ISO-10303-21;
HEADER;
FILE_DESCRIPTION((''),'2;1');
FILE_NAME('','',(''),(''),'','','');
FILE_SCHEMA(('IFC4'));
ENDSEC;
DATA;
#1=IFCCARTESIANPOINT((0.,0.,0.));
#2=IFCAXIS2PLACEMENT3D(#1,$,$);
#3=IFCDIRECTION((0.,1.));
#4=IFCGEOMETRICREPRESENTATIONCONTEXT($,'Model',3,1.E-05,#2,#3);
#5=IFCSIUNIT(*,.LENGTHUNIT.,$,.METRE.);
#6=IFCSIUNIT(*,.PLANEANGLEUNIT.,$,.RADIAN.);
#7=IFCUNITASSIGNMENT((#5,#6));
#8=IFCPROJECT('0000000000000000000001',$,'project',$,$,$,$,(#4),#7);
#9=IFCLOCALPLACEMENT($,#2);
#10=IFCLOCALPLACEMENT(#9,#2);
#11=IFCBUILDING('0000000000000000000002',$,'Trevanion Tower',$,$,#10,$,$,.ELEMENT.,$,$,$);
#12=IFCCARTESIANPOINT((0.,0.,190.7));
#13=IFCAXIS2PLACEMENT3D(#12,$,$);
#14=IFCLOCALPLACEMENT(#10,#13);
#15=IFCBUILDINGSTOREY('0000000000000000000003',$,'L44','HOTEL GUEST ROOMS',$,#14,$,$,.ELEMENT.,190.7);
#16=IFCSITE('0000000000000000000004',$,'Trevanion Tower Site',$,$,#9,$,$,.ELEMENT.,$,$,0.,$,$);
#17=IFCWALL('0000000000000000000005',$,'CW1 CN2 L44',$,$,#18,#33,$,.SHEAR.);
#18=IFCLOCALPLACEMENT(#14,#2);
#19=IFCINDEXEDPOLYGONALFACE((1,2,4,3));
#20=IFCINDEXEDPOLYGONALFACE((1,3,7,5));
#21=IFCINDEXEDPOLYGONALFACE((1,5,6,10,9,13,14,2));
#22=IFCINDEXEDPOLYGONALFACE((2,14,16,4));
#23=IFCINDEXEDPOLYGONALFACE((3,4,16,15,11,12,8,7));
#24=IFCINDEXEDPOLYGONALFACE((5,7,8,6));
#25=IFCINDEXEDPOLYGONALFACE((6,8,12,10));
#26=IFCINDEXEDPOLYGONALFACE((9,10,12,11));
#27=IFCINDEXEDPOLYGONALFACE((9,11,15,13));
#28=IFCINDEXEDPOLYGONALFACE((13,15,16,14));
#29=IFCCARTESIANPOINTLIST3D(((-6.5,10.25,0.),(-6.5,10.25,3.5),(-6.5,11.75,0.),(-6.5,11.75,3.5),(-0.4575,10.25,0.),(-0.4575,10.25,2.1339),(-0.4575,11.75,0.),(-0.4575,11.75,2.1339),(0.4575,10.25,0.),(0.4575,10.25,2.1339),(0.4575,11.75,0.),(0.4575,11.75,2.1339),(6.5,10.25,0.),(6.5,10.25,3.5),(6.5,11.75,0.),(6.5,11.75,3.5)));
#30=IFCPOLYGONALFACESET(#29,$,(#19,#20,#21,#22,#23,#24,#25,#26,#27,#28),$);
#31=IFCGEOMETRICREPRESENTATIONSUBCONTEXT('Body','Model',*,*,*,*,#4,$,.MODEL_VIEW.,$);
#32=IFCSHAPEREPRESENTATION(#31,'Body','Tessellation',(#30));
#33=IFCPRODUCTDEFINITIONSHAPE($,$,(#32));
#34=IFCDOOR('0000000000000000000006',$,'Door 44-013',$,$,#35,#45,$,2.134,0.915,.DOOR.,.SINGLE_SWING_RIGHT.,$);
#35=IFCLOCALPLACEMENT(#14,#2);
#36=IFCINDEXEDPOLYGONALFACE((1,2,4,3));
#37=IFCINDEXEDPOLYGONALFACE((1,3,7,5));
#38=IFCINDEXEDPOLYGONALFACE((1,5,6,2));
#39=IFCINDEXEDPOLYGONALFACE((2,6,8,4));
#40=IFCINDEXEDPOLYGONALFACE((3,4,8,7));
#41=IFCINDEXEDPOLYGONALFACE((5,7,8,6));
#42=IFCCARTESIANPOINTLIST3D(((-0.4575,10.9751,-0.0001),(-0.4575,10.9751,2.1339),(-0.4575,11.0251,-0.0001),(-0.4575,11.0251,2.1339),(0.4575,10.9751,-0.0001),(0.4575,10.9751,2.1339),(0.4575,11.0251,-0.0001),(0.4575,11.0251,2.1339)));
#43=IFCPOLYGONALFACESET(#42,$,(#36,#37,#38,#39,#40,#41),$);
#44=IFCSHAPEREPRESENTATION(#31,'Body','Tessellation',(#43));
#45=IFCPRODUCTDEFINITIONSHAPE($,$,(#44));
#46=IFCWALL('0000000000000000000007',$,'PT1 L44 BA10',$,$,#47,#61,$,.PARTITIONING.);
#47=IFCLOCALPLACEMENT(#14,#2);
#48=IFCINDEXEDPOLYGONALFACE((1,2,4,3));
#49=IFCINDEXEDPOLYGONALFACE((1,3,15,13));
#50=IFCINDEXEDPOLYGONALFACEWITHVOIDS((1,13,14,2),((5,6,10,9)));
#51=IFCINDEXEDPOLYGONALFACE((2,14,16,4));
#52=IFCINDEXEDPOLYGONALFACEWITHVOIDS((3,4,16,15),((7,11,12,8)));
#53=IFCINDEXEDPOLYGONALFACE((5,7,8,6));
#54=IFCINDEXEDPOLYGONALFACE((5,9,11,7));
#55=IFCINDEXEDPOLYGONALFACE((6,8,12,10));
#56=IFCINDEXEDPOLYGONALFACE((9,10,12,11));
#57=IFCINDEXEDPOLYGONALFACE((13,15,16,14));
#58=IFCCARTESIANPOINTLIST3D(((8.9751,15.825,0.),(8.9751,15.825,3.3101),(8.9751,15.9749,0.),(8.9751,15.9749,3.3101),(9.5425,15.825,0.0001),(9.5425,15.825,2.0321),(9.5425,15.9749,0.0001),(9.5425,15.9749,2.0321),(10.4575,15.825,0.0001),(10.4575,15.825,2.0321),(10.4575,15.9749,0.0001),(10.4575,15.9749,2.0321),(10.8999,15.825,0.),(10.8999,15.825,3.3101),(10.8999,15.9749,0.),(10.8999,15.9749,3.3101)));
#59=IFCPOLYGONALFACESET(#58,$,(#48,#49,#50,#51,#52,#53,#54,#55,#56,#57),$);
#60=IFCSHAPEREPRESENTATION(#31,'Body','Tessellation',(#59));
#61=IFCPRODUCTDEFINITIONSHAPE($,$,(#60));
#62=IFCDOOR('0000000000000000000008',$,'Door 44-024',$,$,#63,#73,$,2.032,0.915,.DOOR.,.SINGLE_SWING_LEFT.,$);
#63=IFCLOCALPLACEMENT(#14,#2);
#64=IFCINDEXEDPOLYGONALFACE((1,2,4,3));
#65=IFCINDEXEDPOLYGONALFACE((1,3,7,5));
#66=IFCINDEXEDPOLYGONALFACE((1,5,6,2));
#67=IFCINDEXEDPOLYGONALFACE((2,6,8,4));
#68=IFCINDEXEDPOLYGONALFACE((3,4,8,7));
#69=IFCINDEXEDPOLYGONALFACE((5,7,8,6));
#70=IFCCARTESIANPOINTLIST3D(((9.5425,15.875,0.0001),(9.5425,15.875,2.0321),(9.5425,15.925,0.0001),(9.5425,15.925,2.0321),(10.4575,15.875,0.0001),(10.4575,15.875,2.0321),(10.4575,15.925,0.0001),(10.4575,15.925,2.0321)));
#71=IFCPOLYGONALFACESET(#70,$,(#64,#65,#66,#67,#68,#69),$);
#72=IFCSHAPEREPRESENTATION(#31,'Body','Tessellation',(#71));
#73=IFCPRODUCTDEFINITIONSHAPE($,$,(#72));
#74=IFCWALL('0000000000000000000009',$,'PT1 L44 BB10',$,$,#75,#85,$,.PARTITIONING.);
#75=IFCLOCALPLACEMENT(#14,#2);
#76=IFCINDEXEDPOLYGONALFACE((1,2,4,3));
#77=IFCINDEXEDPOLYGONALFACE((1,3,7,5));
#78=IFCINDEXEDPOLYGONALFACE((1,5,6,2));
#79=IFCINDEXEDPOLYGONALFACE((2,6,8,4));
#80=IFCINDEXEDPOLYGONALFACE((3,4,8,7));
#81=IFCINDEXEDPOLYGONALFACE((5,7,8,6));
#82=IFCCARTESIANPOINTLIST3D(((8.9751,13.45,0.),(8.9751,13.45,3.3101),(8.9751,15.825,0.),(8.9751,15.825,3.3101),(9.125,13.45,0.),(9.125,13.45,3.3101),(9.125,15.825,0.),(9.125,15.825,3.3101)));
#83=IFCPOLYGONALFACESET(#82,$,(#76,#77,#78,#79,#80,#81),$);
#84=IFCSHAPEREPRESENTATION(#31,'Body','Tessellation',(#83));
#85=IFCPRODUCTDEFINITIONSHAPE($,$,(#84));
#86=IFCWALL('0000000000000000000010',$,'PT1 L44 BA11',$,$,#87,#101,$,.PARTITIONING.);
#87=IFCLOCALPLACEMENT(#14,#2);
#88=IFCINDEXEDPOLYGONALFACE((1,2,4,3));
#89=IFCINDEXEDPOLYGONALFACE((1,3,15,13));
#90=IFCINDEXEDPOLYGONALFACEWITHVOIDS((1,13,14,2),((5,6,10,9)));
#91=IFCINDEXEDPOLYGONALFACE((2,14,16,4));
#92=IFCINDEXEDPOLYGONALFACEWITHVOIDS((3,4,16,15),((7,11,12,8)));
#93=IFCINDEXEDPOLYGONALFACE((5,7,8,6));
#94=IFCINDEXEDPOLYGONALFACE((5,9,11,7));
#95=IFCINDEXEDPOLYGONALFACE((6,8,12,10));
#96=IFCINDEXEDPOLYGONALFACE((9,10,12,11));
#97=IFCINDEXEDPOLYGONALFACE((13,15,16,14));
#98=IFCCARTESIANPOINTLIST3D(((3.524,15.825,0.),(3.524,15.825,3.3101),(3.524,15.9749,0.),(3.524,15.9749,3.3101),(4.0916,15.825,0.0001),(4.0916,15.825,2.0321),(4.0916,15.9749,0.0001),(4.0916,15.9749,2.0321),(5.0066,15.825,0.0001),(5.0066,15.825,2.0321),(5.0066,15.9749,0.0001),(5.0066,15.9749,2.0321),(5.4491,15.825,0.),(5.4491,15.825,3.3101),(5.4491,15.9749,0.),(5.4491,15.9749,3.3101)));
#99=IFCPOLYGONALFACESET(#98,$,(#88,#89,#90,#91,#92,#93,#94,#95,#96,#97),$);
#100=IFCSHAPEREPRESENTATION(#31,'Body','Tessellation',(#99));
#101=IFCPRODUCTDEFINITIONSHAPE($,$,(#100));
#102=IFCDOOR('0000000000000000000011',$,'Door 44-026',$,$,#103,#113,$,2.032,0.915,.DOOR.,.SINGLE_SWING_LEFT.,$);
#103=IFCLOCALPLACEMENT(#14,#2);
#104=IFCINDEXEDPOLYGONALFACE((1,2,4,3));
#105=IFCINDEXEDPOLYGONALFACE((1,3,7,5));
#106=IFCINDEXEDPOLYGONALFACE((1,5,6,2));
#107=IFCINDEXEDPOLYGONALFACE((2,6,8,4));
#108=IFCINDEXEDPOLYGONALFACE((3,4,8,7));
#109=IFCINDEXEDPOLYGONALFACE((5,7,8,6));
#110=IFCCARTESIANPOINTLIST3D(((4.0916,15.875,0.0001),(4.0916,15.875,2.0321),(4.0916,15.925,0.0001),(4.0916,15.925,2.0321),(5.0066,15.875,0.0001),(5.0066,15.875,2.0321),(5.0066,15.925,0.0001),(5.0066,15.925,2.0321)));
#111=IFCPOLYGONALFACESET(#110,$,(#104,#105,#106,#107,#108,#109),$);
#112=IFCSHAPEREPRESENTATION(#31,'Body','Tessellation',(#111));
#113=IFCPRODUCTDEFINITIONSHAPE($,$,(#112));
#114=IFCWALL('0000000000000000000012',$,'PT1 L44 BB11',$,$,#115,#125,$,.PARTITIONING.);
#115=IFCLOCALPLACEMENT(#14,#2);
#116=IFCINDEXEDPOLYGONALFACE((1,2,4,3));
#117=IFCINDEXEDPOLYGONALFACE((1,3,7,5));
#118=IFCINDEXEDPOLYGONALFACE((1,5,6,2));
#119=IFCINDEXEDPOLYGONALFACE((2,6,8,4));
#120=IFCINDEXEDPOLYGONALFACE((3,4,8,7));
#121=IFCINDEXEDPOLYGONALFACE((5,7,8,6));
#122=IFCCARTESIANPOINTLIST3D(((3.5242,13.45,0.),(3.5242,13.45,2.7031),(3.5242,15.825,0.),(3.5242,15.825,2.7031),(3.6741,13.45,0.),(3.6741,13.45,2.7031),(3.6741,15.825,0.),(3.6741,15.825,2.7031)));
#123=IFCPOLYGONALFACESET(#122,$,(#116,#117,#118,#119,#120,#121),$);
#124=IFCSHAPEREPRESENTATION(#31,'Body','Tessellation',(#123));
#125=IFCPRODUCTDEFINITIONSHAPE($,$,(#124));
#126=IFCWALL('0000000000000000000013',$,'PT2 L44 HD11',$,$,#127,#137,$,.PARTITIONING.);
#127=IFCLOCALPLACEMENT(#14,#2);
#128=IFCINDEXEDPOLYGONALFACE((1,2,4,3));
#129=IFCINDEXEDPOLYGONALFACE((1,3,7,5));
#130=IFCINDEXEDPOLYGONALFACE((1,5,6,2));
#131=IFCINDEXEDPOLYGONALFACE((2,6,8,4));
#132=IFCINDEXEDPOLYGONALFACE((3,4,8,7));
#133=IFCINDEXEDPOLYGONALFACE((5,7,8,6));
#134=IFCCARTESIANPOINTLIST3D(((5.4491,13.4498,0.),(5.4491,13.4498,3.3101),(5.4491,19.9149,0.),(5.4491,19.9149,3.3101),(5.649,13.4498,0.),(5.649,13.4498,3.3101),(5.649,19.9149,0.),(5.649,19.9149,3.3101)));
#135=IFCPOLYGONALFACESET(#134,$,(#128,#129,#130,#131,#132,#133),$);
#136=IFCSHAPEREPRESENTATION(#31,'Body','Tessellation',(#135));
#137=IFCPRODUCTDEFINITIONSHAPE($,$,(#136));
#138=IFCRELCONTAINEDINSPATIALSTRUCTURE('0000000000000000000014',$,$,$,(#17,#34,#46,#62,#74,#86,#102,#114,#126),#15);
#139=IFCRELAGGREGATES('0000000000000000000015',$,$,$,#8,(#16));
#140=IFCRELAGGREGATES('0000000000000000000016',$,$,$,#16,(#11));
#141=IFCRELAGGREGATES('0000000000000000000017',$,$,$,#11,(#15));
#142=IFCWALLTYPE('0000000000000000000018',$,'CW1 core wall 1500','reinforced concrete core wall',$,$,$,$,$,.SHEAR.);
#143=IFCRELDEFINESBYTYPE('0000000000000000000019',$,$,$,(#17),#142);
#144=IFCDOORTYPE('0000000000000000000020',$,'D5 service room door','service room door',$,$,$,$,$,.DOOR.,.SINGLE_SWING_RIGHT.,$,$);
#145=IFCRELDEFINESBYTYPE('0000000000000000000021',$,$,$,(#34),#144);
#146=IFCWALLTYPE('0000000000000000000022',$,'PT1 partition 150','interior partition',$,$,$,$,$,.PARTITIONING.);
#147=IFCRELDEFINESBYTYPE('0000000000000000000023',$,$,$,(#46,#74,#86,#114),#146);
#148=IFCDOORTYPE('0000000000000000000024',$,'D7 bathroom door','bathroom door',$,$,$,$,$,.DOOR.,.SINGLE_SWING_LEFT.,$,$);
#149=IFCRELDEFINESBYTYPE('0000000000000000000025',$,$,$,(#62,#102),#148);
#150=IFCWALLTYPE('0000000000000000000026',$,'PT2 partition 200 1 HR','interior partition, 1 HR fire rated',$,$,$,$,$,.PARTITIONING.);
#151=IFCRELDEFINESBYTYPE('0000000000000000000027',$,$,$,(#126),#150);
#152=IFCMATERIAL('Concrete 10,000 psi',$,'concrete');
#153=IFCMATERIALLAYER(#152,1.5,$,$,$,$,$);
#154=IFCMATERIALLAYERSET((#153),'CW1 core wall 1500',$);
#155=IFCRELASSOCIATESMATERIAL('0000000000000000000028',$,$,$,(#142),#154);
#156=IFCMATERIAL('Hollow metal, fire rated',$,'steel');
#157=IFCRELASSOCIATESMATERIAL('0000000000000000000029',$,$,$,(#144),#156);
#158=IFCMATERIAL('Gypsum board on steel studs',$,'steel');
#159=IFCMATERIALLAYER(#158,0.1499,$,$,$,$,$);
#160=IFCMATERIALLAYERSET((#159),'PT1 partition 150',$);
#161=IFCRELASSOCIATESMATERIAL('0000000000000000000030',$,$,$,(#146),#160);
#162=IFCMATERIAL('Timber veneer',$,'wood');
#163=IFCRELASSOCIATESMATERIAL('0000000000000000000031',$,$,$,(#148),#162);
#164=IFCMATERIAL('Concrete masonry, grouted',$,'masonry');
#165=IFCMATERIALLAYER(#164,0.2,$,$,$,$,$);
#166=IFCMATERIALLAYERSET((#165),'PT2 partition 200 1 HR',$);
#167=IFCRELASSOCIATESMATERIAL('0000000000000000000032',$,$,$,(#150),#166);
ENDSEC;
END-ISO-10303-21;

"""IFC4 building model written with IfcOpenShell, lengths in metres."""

from ifc_helpers import new_model, si_unit, direction, frame, frame_2d, origin, place, context, subcontext, project, spatial, rectangle, extrude, material, layer, layer_set, type_object, element, fill, save


model = new_model("IFC4")

# Units and contexts
model_context = context("Model", 3, precision=1e-05, world=origin(), true_north=direction((0.0, 1.0)))
body_context = subcontext(model_context, "Body", "Model", "MODEL_VIEW")
ifc_project = project(units=[si_unit("LENGTHUNIT", "METRE"), si_unit("PLANEANGLEUNIT", "RADIAN")], contexts=[model_context])

# Site, building, storey
site_placement = place(None, origin())
site = spatial("IfcSite", under=ifc_project, at=site_placement, Name="Trevanion Tower Site", CompositionType="ELEMENT", RefElevation=0.0)
building_placement = place(site_placement, origin())
building = spatial("IfcBuilding", under=site, at=building_placement, Name="Trevanion Tower", CompositionType="ELEMENT")
storey_placement = place(building_placement, frame((0.0, 0.0, 190.7)))
storey = spatial("IfcBuildingStorey", under=building, at=storey_placement, Name="L44", Description="HOTEL GUEST ROOMS", CompositionType="ELEMENT", Elevation=190.7)

# Shared definitions
ifc_material_1 = material(Name="Concrete 10,000 psi", Category="concrete")
ifc_layer_1 = layer(ifc_material_1, 1.5)
ifc_layer_set_1 = layer_set([ifc_layer_1], Name="CW1 core wall 1500")
wall_type_1 = type_object("IfcWallType", Name="CW1 core wall 1500", Description="reinforced concrete core wall", PredefinedType="SHEAR", material=ifc_layer_set_1)

# Walls, openings, doors
wall_1_placement = place(storey_placement, frame((6.5, 11.0, 0.0), z_axis=(0.0, 0.0, 1.0), x_axis=(-1.0, 0.0, 0.0)))
wall_1 = element("IfcWall", 1, at=wall_1_placement, inside=storey, type_object=wall_type_1, Name="CW1 CN2 L44", PredefinedType="SHEAR", context=body_context, shape_type="SweptSolid", body=[
    extrude(rectangle(XDim=13.0, YDim=1.5, at=frame_2d((6.5, 0.0))), origin(), (0.0, 0.0, 1.0), 3.5),
])
opening_1_placement = place(wall_1_placement, frame((6.0425, 0.0, 0.0)))
opening_1 = element("IfcOpeningElement", 2, at=opening_1_placement, cuts=wall_1, PredefinedType="OPENING", context=body_context, shape_type="SweptSolid", body=[
    extrude(rectangle(XDim=0.915, YDim=2.134, at=frame_2d((0.4575, 1.0669))), frame((0.0, 0.76, 0.0), z_axis=(0.0, -1.0, 0.0), x_axis=(1.0, 0.0, 0.0)), (0.0, 0.0, 1.0), 1.52),
])
ifc_material_2 = material(Name="Hollow metal, fire rated", Category="steel")
door_type_1 = type_object("IfcDoorType", Name="D5 service room door", Description="service room door", OperationType="SINGLE_SWING_RIGHT", PredefinedType="DOOR", material=ifc_material_2)
door_1_placement = place(opening_1_placement, origin())
door_1 = element("IfcDoor", 3, at=door_1_placement, inside=storey, type_object=door_type_1, Name="Door 44-013", OperationType="SINGLE_SWING_RIGHT", OverallHeight=2.134, OverallWidth=0.915, PredefinedType="DOOR", context=body_context, shape_type="SweptSolid", body=[
    extrude(rectangle(XDim=0.915, YDim=2.134, at=frame_2d((0.4575, 1.0669))), frame((0.0, 0.0249, 0.0), z_axis=(0.0, -1.0, 0.0), x_axis=(1.0, 0.0, 0.0)), (0.0, 0.0, 1.0), 0.05),
])
fill(opening_1, door_1)
ifc_material_3 = material(Name="Gypsum board on steel studs", Category="steel")
ifc_layer_2 = layer(ifc_material_3, 0.1499)
ifc_layer_set_2 = layer_set([ifc_layer_2], Name="PT1 partition 150")
wall_type_2 = type_object("IfcWallType", Name="PT1 partition 150", Description="interior partition", PredefinedType="PARTITIONING", material=ifc_layer_set_2)
wall_2_placement = place(storey_placement, frame((10.8999, 15.8999, 0.0), z_axis=(0.0, 0.0, 1.0), x_axis=(-1.0, 0.0, 0.0)))
wall_2 = element("IfcWall", 4, at=wall_2_placement, inside=storey, type_object=wall_type_2, Name="PT1 L44 BA10", PredefinedType="PARTITIONING", context=body_context, shape_type="SweptSolid", body=[
    extrude(rectangle(XDim=1.9248, YDim=0.1499, at=frame_2d((0.9624, 0.0))), origin(), (0.0, 0.0, 1.0), 3.3101),
])
opening_2_placement = place(wall_2_placement, frame((0.4424, 0.0, 0.0)))
opening_2 = element("IfcOpeningElement", 5, at=opening_2_placement, cuts=wall_2, PredefinedType="OPENING", context=body_context, shape_type="SweptSolid", body=[
    extrude(rectangle(XDim=0.915, YDim=2.032, at=frame_2d((0.4575, 1.0161))), frame((0.0, 0.085, 0.0), z_axis=(0.0, -1.0, 0.0), x_axis=(1.0, 0.0, 0.0)), (0.0, 0.0, 1.0), 0.1699),
])
ifc_material_4 = material(Name="Timber veneer", Category="wood")
door_type_2 = type_object("IfcDoorType", Name="D7 bathroom door", Description="bathroom door", OperationType="SINGLE_SWING_LEFT", PredefinedType="DOOR", material=ifc_material_4)
door_2_placement = place(opening_2_placement, origin())
door_2 = element("IfcDoor", 6, at=door_2_placement, inside=storey, type_object=door_type_2, Name="Door 44-024", OperationType="SINGLE_SWING_LEFT", OverallHeight=2.032, OverallWidth=0.915, PredefinedType="DOOR", context=body_context, shape_type="SweptSolid", body=[
    extrude(rectangle(XDim=0.915, YDim=2.032, at=frame_2d((0.4575, 1.0161))), frame((0.0, 0.0249, 0.0), z_axis=(0.0, -1.0, 0.0), x_axis=(1.0, 0.0, 0.0)), (0.0, 0.0, 1.0), 0.05),
])
fill(opening_2, door_2)

# Wall
wall_3_placement = place(storey_placement, frame((9.05, 13.45, 0.0), z_axis=(0.0, 0.0, 1.0), x_axis=(0.0, 1.0, 0.0)))
element("IfcWall", 7, at=wall_3_placement, inside=storey, type_object=wall_type_2, Name="PT1 L44 BB10", PredefinedType="PARTITIONING", context=body_context, shape_type="SweptSolid", body=[
    extrude(rectangle(XDim=2.375, YDim=0.1499, at=frame_2d((1.1875, 0.0))), origin(), (0.0, 0.0, 1.0), 3.3101),
])

# Wall, opening, door
wall_4_placement = place(storey_placement, frame((5.449, 15.8999, 0.0), z_axis=(0.0, 0.0, 1.0), x_axis=(-1.0, 0.0, 0.0)))
wall_4 = element("IfcWall", 8, at=wall_4_placement, inside=storey, type_object=wall_type_2, Name="PT1 L44 BA11", PredefinedType="PARTITIONING", context=body_context, shape_type="SweptSolid", body=[
    extrude(rectangle(XDim=1.925, YDim=0.1499, at=frame_2d((0.9624, 0.0))), origin(), (0.0, 0.0, 1.0), 3.3101),
])
opening_3_placement = place(wall_4_placement, frame((0.4424, 0.0, 0.0)))
opening_3 = element("IfcOpeningElement", 9, at=opening_3_placement, cuts=wall_4, PredefinedType="OPENING", context=body_context, shape_type="SweptSolid", body=[
    extrude(rectangle(XDim=0.915, YDim=2.032, at=frame_2d((0.4575, 1.0161))), frame((0.0, 0.085, 0.0), z_axis=(0.0, -1.0, 0.0), x_axis=(1.0, 0.0, 0.0)), (0.0, 0.0, 1.0), 0.1699),
])
door_3_placement = place(opening_3_placement, origin())
door_3 = element("IfcDoor", 10, at=door_3_placement, inside=storey, type_object=door_type_2, Name="Door 44-026", OperationType="SINGLE_SWING_LEFT", OverallHeight=2.032, OverallWidth=0.915, PredefinedType="DOOR", context=body_context, shape_type="SweptSolid", body=[
    extrude(rectangle(XDim=0.915, YDim=2.032, at=frame_2d((0.4575, 1.0161))), frame((0.0, 0.0249, 0.0), z_axis=(0.0, -1.0, 0.0), x_axis=(1.0, 0.0, 0.0)), (0.0, 0.0, 1.0), 0.05),
])
fill(opening_3, door_3)

# Walls
wall_5_placement = place(storey_placement, frame((3.5991, 13.45, 0.0), z_axis=(0.0, 0.0, 1.0), x_axis=(0.0, 1.0, 0.0)))
element("IfcWall", 11, at=wall_5_placement, inside=storey, type_object=wall_type_2, Name="PT1 L44 BB11", PredefinedType="PARTITIONING", context=body_context, shape_type="SweptSolid", body=[
    extrude(rectangle(XDim=2.375, YDim=0.1499, at=frame_2d((1.1875, 0.0))), origin(), (0.0, 0.0, 1.0), 2.7031),
])
ifc_material_5 = material(Name="Concrete masonry, grouted", Category="masonry")
ifc_layer_3 = layer(ifc_material_5, 0.2)
ifc_layer_set_3 = layer_set([ifc_layer_3], Name="PT2 partition 200 1 HR")
wall_type_3 = type_object("IfcWallType", Name="PT2 partition 200 1 HR", Description="interior partition, 1 HR fire rated", PredefinedType="PARTITIONING", material=ifc_layer_set_3)
wall_6_placement = place(storey_placement, frame((5.5491, 13.45, 0.0), z_axis=(0.0, 0.0, 1.0), x_axis=(0.0, 1.0, 0.0)))
element("IfcWall", 12, at=wall_6_placement, inside=storey, type_object=wall_type_3, Name="PT2 L44 HD11", PredefinedType="PARTITIONING", context=body_context, shape_type="SweptSolid", body=[
    extrude(rectangle(XDim=6.4651, YDim=0.2, at=frame_2d((3.2324, 0.0))), origin(), (0.0, 0.0, 1.0), 3.3101),
])

save(model, "model.ifc")
